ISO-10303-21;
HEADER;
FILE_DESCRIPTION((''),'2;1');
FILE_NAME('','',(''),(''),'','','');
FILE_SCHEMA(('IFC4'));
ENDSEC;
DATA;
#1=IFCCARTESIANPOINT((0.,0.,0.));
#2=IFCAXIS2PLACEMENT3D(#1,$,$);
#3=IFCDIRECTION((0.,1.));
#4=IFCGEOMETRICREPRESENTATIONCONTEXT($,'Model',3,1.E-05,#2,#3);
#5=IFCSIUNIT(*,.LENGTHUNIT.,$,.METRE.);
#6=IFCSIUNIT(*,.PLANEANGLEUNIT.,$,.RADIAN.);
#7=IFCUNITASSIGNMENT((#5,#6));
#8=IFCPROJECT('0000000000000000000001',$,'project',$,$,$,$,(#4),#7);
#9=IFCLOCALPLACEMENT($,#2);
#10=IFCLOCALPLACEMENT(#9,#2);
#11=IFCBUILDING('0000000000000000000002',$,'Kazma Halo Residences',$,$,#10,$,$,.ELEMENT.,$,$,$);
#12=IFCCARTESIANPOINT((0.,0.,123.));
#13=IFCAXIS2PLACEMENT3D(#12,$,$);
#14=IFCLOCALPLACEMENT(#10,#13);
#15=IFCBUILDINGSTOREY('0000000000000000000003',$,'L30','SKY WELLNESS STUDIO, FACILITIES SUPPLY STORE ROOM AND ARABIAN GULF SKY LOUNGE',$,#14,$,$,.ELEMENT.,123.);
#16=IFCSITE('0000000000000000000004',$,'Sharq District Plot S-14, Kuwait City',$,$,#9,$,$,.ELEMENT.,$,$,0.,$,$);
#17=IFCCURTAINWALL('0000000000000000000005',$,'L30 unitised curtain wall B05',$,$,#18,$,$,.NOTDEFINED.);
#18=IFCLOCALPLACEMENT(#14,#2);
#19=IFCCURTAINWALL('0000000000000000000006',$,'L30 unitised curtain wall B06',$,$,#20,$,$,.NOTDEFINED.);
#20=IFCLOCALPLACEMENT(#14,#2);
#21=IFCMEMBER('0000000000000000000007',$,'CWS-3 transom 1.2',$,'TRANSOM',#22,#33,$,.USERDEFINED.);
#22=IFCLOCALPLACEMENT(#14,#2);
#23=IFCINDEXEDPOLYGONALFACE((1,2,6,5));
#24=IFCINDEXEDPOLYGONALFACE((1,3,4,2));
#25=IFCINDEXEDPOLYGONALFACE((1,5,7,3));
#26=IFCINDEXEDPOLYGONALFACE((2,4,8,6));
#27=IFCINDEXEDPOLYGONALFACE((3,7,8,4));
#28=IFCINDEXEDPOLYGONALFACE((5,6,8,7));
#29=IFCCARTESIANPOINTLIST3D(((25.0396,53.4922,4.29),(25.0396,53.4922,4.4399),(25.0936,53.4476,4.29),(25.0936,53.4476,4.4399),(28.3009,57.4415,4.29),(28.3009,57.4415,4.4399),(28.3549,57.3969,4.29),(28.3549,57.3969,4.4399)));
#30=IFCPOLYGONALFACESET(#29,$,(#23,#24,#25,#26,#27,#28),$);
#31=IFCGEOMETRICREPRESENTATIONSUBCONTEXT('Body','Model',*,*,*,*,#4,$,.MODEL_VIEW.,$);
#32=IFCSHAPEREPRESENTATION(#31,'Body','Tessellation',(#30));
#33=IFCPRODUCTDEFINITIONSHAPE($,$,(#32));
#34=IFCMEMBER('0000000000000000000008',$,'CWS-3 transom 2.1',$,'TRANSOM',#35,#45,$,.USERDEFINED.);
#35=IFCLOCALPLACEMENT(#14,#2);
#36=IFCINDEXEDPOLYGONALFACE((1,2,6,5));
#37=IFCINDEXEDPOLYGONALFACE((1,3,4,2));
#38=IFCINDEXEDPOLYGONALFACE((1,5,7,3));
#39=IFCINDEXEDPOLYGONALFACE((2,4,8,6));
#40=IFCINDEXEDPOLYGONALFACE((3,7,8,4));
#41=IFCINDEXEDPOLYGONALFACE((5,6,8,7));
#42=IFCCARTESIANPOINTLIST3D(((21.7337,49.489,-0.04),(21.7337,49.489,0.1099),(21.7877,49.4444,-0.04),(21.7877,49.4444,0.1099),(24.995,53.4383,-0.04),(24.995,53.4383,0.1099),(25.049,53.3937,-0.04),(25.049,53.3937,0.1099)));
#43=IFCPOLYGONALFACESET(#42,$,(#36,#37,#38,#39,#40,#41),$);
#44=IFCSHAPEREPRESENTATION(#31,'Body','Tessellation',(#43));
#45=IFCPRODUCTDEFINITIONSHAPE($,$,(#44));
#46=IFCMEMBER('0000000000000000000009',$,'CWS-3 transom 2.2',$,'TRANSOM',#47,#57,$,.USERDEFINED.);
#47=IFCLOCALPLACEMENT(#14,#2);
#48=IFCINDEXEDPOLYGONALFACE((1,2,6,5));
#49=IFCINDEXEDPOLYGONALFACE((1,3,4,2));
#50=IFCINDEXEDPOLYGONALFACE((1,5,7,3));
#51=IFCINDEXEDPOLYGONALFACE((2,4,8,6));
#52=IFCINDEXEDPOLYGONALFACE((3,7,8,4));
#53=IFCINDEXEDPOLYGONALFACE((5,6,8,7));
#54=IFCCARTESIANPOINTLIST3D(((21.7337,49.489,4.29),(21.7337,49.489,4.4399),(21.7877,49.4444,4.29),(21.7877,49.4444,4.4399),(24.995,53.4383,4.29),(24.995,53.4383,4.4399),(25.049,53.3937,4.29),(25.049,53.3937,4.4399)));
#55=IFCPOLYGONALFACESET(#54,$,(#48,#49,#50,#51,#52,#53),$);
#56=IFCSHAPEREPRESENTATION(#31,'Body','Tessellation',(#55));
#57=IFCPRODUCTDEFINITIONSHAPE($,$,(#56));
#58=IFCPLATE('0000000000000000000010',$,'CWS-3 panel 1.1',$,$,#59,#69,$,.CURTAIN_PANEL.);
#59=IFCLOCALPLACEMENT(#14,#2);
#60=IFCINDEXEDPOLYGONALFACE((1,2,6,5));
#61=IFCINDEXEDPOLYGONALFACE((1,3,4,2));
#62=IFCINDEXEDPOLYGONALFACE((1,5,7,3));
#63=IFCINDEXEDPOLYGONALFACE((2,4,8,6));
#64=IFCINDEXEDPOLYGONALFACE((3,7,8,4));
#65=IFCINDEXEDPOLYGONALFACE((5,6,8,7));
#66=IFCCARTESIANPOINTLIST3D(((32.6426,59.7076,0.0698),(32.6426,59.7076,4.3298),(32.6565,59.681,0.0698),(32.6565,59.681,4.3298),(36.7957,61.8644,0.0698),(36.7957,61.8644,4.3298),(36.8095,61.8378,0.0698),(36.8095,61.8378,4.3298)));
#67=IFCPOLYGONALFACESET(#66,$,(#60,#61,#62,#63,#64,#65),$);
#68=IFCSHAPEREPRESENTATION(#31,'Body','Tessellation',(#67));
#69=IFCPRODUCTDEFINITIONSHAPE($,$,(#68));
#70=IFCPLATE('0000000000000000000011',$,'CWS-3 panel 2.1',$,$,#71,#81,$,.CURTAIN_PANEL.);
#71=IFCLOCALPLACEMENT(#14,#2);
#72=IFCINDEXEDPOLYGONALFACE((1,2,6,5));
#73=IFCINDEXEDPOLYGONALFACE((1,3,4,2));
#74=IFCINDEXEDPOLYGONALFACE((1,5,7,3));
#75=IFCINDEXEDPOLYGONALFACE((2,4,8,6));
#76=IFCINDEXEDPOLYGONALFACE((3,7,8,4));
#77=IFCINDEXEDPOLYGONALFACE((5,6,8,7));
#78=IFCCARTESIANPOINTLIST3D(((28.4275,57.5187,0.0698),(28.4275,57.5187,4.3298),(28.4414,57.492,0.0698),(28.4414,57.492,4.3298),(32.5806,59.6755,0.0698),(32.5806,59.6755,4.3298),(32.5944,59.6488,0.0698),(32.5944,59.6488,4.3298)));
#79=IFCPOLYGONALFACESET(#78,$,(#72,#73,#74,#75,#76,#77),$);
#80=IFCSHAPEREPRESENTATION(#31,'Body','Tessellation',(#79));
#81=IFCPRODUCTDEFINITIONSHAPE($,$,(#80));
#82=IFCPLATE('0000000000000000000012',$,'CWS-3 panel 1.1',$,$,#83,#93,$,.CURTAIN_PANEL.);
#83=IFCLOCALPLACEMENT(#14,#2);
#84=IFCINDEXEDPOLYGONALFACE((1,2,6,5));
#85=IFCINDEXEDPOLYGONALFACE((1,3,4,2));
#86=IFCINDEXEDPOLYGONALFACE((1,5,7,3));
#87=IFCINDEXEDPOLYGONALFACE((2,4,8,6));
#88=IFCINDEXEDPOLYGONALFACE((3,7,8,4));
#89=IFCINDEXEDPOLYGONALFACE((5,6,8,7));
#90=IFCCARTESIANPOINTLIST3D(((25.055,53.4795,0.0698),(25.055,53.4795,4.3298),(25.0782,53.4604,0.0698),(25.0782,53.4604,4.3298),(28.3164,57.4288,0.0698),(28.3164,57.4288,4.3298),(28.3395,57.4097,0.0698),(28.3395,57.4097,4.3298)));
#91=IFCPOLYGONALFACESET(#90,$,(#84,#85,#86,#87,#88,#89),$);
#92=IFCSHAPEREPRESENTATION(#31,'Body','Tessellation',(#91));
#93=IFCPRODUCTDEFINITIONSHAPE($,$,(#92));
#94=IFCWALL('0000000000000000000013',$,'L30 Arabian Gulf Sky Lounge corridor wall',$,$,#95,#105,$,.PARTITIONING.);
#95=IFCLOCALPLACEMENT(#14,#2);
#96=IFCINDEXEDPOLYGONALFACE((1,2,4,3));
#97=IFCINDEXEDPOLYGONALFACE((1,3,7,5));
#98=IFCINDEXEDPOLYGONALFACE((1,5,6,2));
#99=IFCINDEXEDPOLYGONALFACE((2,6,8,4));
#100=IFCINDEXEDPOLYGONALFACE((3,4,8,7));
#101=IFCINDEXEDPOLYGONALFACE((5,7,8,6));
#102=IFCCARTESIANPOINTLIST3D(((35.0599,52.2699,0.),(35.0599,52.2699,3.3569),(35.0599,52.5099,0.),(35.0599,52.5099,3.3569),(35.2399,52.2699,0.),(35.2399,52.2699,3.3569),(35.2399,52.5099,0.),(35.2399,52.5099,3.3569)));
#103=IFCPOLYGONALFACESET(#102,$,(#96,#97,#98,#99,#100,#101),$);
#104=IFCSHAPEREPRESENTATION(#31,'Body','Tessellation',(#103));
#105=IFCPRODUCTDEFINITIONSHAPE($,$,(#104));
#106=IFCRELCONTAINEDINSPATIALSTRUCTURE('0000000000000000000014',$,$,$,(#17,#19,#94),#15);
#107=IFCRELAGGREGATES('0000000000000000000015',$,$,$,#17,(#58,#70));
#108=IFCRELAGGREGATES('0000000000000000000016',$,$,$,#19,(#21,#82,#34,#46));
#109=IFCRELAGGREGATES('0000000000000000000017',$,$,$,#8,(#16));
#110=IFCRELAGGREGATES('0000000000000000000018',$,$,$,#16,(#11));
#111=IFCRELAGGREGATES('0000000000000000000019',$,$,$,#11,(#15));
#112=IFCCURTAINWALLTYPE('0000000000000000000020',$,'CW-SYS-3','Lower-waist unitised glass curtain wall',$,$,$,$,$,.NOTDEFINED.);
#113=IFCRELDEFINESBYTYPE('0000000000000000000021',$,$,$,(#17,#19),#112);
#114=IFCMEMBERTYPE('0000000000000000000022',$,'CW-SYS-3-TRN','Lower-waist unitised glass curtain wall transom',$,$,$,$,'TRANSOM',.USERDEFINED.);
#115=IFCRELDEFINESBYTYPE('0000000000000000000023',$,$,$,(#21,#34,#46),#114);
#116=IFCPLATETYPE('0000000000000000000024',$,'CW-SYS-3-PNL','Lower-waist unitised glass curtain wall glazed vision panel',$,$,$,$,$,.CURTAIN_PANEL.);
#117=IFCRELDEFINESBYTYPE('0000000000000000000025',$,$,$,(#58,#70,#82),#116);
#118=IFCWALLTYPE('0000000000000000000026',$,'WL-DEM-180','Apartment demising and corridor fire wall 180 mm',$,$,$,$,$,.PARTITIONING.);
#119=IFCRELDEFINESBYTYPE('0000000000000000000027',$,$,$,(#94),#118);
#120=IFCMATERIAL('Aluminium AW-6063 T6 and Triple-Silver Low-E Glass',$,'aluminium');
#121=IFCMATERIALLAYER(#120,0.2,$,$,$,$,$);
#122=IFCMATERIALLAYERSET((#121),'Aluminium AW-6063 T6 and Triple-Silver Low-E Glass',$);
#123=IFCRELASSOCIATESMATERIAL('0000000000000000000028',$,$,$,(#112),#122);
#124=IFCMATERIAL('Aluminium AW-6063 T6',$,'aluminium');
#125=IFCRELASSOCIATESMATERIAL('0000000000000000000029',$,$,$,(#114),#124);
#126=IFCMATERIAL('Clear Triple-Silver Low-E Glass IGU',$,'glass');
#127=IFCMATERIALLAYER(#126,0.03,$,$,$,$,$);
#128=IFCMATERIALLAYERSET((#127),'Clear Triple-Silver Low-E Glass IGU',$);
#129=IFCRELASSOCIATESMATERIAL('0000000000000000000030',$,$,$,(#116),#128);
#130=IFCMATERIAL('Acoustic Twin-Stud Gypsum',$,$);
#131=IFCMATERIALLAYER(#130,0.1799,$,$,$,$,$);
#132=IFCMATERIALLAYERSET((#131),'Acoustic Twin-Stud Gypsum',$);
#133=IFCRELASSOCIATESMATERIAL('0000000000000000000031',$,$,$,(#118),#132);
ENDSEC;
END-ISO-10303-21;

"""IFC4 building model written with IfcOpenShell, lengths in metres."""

from ifc_helpers import new_model, si_unit, direction, frame, frame_2d, origin, origin_2d, place, context, subcontext, project, spatial, rectangle, extrude, material, layer, layer_set, material_profile, profile_set, type_object, element, aggregate, save


model = new_model("IFC4")

# Units and contexts
model_context = context("Model", 3, precision=1e-05, world=origin(), true_north=direction((0.0, 1.0)))
body_context = subcontext(model_context, "Body", "Model", "MODEL_VIEW")
ifc_project = project(units=[si_unit("LENGTHUNIT", "METRE"), si_unit("PLANEANGLEUNIT", "RADIAN")], contexts=[model_context])

# Site, building, storey
site_placement = place(None, origin())
site = spatial("IfcSite", under=ifc_project, at=site_placement, Name="Sharq District Plot S-14, Kuwait City", CompositionType="ELEMENT", RefElevation=0.0)
building_placement = place(site_placement, origin())
building = spatial("IfcBuilding", under=site, at=building_placement, Name="Kazma Halo Residences", CompositionType="ELEMENT")
storey_placement = place(building_placement, frame((0.0, 0.0, 123.0)))
storey = spatial("IfcBuildingStorey", under=building, at=storey_placement, Name="L30", Description="SKY WELLNESS STUDIO, FACILITIES SUPPLY STORE ROOM AND ARABIAN GULF SKY LOUNGE", CompositionType="ELEMENT", Elevation=123.0)

# Shared definitions
ifc_material_1 = material(Name="Aluminium AW-6063 T6 and Triple-Silver Low-E Glass", Category="aluminium")
ifc_layer_1 = layer(ifc_material_1, 0.2)
ifc_layer_set_1 = layer_set([ifc_layer_1], Name="Aluminium AW-6063 T6 and Triple-Silver Low-E Glass")
curtain_wall_type = type_object("IfcCurtainWallType", Name="CW-SYS-3", Description="Lower-waist unitised glass curtain wall", PredefinedType="NOTDEFINED", material=ifc_layer_set_1)
ifc_material_2 = material(Name="Aluminium AW-6063 T6", Category="aluminium")

# Curtain walls
curtain_wall_1_placement = place(storey_placement, origin())
curtain_wall_1 = element("IfcCurtainWall", 1, at=curtain_wall_1_placement, inside=storey, type_object=curtain_wall_type, Name="L30 unitised curtain wall B05", PredefinedType="NOTDEFINED")
curtain_wall_2_placement = place(storey_placement, origin())
curtain_wall_2 = element("IfcCurtainWall", 2, at=curtain_wall_2_placement, inside=storey, type_object=curtain_wall_type, Name="L30 unitised curtain wall B06", PredefinedType="NOTDEFINED")

# Members
ifc_material_profile_1 = material_profile(ifc_material_2, rectangle(XDim=0.0701, YDim=0.1499, at=origin_2d()), Name="CWT-70x150")
ifc_profile_set_1 = profile_set([ifc_material_profile_1], Name="Aluminium AW-6063 T6")
member_type_1 = type_object("IfcMemberType", Name="CW-SYS-3-TRN", Description="Lower-waist unitised glass curtain wall transom", ElementType="TRANSOM", PredefinedType="USERDEFINED", material=ifc_profile_set_1)
member_1_placement = place(storey_placement, frame((28.3279, 57.4192, 4.365), z_axis=(-0.636746, -0.771074, 0.0), x_axis=(0.771074, -0.636746, 0.0)))
member_1 = element("IfcMember", 3, at=member_1_placement, type_object=member_type_1, Name="CWS-3 transom 1.2", ObjectType="TRANSOM", PredefinedType="USERDEFINED", context=body_context, shape_type="SweptSolid", body=[
    extrude(rectangle(XDim=0.0701, YDim=0.1499, at=origin_2d()), origin(), (0.0, 0.0, 1.0), 5.1218),
])
member_2_placement = place(storey_placement, frame((25.022, 53.416, 0.0349), z_axis=(-0.636746, -0.771074, 0.0), x_axis=(0.771074, -0.636746, 0.0)))
member_2 = element("IfcMember", 4, at=member_2_placement, type_object=member_type_1, Name="CWS-3 transom 2.1", ObjectType="TRANSOM", PredefinedType="USERDEFINED", context=body_context, shape_type="SweptSolid", body=[
    extrude(rectangle(XDim=0.0701, YDim=0.1499, at=origin_2d()), origin(), (0.0, 0.0, 1.0), 5.1218),
])
member_3_placement = place(storey_placement, frame((25.022, 53.416, 4.365), z_axis=(-0.636746, -0.771074, 0.0), x_axis=(0.771074, -0.636746, 0.0)))
member_3 = element("IfcMember", 5, at=member_3_placement, type_object=member_type_1, Name="CWS-3 transom 2.2", ObjectType="TRANSOM", PredefinedType="USERDEFINED", context=body_context, shape_type="SweptSolid", body=[
    extrude(rectangle(XDim=0.0701, YDim=0.1499, at=origin_2d()), origin(), (0.0, 0.0, 1.0), 5.1218),
])

# Plates
ifc_material_3 = material(Name="Clear Triple-Silver Low-E Glass IGU", Category="glass")
ifc_layer_2 = layer(ifc_material_3, 0.03)
ifc_layer_set_2 = layer_set([ifc_layer_2], Name="Clear Triple-Silver Low-E Glass IGU")
plate_type = type_object("IfcPlateType", Name="CW-SYS-3-PNL", Description="Lower-waist unitised glass curtain wall glazed vision panel", PredefinedType="CURTAIN_PANEL", material=ifc_layer_set_2)
plate_1_placement = place(storey_placement, frame((34.7261, 60.7727, 0.0698), z_axis=(0.0, 0.0, 1.0), x_axis=(-0.88746, -0.460884, 0.0)))
plate_1 = element("IfcPlate", 6, at=plate_1_placement, type_object=plate_type, Name="CWS-3 panel 1.1", PredefinedType="CURTAIN_PANEL", context=body_context, shape_type="SweptSolid", body=[
    extrude(rectangle(XDim=4.6797, YDim=0.03, at=origin_2d()), origin(), (0.0, 0.0, 1.0), 4.26),
])
plate_2_placement = place(storey_placement, frame((30.511, 58.5837, 0.0698), z_axis=(0.0, 0.0, 1.0), x_axis=(-0.88746, -0.460884, 0.0)))
plate_2 = element("IfcPlate", 7, at=plate_2_placement, type_object=plate_type, Name="CWS-3 panel 2.1", PredefinedType="CURTAIN_PANEL", context=body_context, shape_type="SweptSolid", body=[
    extrude(rectangle(XDim=4.6797, YDim=0.03, at=origin_2d()), origin(), (0.0, 0.0, 1.0), 4.26),
])
aggregate(curtain_wall_1, [plate_1, plate_2])
plate_3_placement = place(storey_placement, frame((26.6973, 55.4446, 0.0698), z_axis=(0.0, 0.0, 1.0), x_axis=(-0.636756, -0.771065, 0.0)))
plate_3 = element("IfcPlate", 8, at=plate_3_placement, type_object=plate_type, Name="CWS-3 panel 1.1", PredefinedType="CURTAIN_PANEL", context=body_context, shape_type="SweptSolid", body=[
    extrude(rectangle(XDim=5.1218, YDim=0.03, at=origin_2d()), origin(), (0.0, 0.0, 1.0), 4.26),
])
aggregate(curtain_wall_2, [member_1, plate_3, member_2, member_3])

# Wall
ifc_material_4 = material(Name="Acoustic Twin-Stud Gypsum")
ifc_layer_3 = layer(ifc_material_4, 0.1799)
ifc_layer_set_3 = layer_set([ifc_layer_3], Name="Acoustic Twin-Stud Gypsum")
wall_type = type_object("IfcWallType", Name="WL-DEM-180", Description="Apartment demising and corridor fire wall 180 mm", PredefinedType="PARTITIONING", material=ifc_layer_set_3)
wall_placement = place(storey_placement, frame((35.1499, 52.51, 0.0), z_axis=(0.0, 0.0, 1.0), x_axis=(0.0, -1.0, 0.0)))
element("IfcWall", 9, at=wall_placement, inside=storey, type_object=wall_type, Name="L30 Arabian Gulf Sky Lounge corridor wall", PredefinedType="PARTITIONING", context=body_context, shape_type="SweptSolid", body=[
    extrude(rectangle(XDim=0.24, YDim=0.1799, at=frame_2d((0.1201, 0.0))), origin(), (0.0, 0.0, 1.0), 3.3569),
])

save(model, "model.ifc")
